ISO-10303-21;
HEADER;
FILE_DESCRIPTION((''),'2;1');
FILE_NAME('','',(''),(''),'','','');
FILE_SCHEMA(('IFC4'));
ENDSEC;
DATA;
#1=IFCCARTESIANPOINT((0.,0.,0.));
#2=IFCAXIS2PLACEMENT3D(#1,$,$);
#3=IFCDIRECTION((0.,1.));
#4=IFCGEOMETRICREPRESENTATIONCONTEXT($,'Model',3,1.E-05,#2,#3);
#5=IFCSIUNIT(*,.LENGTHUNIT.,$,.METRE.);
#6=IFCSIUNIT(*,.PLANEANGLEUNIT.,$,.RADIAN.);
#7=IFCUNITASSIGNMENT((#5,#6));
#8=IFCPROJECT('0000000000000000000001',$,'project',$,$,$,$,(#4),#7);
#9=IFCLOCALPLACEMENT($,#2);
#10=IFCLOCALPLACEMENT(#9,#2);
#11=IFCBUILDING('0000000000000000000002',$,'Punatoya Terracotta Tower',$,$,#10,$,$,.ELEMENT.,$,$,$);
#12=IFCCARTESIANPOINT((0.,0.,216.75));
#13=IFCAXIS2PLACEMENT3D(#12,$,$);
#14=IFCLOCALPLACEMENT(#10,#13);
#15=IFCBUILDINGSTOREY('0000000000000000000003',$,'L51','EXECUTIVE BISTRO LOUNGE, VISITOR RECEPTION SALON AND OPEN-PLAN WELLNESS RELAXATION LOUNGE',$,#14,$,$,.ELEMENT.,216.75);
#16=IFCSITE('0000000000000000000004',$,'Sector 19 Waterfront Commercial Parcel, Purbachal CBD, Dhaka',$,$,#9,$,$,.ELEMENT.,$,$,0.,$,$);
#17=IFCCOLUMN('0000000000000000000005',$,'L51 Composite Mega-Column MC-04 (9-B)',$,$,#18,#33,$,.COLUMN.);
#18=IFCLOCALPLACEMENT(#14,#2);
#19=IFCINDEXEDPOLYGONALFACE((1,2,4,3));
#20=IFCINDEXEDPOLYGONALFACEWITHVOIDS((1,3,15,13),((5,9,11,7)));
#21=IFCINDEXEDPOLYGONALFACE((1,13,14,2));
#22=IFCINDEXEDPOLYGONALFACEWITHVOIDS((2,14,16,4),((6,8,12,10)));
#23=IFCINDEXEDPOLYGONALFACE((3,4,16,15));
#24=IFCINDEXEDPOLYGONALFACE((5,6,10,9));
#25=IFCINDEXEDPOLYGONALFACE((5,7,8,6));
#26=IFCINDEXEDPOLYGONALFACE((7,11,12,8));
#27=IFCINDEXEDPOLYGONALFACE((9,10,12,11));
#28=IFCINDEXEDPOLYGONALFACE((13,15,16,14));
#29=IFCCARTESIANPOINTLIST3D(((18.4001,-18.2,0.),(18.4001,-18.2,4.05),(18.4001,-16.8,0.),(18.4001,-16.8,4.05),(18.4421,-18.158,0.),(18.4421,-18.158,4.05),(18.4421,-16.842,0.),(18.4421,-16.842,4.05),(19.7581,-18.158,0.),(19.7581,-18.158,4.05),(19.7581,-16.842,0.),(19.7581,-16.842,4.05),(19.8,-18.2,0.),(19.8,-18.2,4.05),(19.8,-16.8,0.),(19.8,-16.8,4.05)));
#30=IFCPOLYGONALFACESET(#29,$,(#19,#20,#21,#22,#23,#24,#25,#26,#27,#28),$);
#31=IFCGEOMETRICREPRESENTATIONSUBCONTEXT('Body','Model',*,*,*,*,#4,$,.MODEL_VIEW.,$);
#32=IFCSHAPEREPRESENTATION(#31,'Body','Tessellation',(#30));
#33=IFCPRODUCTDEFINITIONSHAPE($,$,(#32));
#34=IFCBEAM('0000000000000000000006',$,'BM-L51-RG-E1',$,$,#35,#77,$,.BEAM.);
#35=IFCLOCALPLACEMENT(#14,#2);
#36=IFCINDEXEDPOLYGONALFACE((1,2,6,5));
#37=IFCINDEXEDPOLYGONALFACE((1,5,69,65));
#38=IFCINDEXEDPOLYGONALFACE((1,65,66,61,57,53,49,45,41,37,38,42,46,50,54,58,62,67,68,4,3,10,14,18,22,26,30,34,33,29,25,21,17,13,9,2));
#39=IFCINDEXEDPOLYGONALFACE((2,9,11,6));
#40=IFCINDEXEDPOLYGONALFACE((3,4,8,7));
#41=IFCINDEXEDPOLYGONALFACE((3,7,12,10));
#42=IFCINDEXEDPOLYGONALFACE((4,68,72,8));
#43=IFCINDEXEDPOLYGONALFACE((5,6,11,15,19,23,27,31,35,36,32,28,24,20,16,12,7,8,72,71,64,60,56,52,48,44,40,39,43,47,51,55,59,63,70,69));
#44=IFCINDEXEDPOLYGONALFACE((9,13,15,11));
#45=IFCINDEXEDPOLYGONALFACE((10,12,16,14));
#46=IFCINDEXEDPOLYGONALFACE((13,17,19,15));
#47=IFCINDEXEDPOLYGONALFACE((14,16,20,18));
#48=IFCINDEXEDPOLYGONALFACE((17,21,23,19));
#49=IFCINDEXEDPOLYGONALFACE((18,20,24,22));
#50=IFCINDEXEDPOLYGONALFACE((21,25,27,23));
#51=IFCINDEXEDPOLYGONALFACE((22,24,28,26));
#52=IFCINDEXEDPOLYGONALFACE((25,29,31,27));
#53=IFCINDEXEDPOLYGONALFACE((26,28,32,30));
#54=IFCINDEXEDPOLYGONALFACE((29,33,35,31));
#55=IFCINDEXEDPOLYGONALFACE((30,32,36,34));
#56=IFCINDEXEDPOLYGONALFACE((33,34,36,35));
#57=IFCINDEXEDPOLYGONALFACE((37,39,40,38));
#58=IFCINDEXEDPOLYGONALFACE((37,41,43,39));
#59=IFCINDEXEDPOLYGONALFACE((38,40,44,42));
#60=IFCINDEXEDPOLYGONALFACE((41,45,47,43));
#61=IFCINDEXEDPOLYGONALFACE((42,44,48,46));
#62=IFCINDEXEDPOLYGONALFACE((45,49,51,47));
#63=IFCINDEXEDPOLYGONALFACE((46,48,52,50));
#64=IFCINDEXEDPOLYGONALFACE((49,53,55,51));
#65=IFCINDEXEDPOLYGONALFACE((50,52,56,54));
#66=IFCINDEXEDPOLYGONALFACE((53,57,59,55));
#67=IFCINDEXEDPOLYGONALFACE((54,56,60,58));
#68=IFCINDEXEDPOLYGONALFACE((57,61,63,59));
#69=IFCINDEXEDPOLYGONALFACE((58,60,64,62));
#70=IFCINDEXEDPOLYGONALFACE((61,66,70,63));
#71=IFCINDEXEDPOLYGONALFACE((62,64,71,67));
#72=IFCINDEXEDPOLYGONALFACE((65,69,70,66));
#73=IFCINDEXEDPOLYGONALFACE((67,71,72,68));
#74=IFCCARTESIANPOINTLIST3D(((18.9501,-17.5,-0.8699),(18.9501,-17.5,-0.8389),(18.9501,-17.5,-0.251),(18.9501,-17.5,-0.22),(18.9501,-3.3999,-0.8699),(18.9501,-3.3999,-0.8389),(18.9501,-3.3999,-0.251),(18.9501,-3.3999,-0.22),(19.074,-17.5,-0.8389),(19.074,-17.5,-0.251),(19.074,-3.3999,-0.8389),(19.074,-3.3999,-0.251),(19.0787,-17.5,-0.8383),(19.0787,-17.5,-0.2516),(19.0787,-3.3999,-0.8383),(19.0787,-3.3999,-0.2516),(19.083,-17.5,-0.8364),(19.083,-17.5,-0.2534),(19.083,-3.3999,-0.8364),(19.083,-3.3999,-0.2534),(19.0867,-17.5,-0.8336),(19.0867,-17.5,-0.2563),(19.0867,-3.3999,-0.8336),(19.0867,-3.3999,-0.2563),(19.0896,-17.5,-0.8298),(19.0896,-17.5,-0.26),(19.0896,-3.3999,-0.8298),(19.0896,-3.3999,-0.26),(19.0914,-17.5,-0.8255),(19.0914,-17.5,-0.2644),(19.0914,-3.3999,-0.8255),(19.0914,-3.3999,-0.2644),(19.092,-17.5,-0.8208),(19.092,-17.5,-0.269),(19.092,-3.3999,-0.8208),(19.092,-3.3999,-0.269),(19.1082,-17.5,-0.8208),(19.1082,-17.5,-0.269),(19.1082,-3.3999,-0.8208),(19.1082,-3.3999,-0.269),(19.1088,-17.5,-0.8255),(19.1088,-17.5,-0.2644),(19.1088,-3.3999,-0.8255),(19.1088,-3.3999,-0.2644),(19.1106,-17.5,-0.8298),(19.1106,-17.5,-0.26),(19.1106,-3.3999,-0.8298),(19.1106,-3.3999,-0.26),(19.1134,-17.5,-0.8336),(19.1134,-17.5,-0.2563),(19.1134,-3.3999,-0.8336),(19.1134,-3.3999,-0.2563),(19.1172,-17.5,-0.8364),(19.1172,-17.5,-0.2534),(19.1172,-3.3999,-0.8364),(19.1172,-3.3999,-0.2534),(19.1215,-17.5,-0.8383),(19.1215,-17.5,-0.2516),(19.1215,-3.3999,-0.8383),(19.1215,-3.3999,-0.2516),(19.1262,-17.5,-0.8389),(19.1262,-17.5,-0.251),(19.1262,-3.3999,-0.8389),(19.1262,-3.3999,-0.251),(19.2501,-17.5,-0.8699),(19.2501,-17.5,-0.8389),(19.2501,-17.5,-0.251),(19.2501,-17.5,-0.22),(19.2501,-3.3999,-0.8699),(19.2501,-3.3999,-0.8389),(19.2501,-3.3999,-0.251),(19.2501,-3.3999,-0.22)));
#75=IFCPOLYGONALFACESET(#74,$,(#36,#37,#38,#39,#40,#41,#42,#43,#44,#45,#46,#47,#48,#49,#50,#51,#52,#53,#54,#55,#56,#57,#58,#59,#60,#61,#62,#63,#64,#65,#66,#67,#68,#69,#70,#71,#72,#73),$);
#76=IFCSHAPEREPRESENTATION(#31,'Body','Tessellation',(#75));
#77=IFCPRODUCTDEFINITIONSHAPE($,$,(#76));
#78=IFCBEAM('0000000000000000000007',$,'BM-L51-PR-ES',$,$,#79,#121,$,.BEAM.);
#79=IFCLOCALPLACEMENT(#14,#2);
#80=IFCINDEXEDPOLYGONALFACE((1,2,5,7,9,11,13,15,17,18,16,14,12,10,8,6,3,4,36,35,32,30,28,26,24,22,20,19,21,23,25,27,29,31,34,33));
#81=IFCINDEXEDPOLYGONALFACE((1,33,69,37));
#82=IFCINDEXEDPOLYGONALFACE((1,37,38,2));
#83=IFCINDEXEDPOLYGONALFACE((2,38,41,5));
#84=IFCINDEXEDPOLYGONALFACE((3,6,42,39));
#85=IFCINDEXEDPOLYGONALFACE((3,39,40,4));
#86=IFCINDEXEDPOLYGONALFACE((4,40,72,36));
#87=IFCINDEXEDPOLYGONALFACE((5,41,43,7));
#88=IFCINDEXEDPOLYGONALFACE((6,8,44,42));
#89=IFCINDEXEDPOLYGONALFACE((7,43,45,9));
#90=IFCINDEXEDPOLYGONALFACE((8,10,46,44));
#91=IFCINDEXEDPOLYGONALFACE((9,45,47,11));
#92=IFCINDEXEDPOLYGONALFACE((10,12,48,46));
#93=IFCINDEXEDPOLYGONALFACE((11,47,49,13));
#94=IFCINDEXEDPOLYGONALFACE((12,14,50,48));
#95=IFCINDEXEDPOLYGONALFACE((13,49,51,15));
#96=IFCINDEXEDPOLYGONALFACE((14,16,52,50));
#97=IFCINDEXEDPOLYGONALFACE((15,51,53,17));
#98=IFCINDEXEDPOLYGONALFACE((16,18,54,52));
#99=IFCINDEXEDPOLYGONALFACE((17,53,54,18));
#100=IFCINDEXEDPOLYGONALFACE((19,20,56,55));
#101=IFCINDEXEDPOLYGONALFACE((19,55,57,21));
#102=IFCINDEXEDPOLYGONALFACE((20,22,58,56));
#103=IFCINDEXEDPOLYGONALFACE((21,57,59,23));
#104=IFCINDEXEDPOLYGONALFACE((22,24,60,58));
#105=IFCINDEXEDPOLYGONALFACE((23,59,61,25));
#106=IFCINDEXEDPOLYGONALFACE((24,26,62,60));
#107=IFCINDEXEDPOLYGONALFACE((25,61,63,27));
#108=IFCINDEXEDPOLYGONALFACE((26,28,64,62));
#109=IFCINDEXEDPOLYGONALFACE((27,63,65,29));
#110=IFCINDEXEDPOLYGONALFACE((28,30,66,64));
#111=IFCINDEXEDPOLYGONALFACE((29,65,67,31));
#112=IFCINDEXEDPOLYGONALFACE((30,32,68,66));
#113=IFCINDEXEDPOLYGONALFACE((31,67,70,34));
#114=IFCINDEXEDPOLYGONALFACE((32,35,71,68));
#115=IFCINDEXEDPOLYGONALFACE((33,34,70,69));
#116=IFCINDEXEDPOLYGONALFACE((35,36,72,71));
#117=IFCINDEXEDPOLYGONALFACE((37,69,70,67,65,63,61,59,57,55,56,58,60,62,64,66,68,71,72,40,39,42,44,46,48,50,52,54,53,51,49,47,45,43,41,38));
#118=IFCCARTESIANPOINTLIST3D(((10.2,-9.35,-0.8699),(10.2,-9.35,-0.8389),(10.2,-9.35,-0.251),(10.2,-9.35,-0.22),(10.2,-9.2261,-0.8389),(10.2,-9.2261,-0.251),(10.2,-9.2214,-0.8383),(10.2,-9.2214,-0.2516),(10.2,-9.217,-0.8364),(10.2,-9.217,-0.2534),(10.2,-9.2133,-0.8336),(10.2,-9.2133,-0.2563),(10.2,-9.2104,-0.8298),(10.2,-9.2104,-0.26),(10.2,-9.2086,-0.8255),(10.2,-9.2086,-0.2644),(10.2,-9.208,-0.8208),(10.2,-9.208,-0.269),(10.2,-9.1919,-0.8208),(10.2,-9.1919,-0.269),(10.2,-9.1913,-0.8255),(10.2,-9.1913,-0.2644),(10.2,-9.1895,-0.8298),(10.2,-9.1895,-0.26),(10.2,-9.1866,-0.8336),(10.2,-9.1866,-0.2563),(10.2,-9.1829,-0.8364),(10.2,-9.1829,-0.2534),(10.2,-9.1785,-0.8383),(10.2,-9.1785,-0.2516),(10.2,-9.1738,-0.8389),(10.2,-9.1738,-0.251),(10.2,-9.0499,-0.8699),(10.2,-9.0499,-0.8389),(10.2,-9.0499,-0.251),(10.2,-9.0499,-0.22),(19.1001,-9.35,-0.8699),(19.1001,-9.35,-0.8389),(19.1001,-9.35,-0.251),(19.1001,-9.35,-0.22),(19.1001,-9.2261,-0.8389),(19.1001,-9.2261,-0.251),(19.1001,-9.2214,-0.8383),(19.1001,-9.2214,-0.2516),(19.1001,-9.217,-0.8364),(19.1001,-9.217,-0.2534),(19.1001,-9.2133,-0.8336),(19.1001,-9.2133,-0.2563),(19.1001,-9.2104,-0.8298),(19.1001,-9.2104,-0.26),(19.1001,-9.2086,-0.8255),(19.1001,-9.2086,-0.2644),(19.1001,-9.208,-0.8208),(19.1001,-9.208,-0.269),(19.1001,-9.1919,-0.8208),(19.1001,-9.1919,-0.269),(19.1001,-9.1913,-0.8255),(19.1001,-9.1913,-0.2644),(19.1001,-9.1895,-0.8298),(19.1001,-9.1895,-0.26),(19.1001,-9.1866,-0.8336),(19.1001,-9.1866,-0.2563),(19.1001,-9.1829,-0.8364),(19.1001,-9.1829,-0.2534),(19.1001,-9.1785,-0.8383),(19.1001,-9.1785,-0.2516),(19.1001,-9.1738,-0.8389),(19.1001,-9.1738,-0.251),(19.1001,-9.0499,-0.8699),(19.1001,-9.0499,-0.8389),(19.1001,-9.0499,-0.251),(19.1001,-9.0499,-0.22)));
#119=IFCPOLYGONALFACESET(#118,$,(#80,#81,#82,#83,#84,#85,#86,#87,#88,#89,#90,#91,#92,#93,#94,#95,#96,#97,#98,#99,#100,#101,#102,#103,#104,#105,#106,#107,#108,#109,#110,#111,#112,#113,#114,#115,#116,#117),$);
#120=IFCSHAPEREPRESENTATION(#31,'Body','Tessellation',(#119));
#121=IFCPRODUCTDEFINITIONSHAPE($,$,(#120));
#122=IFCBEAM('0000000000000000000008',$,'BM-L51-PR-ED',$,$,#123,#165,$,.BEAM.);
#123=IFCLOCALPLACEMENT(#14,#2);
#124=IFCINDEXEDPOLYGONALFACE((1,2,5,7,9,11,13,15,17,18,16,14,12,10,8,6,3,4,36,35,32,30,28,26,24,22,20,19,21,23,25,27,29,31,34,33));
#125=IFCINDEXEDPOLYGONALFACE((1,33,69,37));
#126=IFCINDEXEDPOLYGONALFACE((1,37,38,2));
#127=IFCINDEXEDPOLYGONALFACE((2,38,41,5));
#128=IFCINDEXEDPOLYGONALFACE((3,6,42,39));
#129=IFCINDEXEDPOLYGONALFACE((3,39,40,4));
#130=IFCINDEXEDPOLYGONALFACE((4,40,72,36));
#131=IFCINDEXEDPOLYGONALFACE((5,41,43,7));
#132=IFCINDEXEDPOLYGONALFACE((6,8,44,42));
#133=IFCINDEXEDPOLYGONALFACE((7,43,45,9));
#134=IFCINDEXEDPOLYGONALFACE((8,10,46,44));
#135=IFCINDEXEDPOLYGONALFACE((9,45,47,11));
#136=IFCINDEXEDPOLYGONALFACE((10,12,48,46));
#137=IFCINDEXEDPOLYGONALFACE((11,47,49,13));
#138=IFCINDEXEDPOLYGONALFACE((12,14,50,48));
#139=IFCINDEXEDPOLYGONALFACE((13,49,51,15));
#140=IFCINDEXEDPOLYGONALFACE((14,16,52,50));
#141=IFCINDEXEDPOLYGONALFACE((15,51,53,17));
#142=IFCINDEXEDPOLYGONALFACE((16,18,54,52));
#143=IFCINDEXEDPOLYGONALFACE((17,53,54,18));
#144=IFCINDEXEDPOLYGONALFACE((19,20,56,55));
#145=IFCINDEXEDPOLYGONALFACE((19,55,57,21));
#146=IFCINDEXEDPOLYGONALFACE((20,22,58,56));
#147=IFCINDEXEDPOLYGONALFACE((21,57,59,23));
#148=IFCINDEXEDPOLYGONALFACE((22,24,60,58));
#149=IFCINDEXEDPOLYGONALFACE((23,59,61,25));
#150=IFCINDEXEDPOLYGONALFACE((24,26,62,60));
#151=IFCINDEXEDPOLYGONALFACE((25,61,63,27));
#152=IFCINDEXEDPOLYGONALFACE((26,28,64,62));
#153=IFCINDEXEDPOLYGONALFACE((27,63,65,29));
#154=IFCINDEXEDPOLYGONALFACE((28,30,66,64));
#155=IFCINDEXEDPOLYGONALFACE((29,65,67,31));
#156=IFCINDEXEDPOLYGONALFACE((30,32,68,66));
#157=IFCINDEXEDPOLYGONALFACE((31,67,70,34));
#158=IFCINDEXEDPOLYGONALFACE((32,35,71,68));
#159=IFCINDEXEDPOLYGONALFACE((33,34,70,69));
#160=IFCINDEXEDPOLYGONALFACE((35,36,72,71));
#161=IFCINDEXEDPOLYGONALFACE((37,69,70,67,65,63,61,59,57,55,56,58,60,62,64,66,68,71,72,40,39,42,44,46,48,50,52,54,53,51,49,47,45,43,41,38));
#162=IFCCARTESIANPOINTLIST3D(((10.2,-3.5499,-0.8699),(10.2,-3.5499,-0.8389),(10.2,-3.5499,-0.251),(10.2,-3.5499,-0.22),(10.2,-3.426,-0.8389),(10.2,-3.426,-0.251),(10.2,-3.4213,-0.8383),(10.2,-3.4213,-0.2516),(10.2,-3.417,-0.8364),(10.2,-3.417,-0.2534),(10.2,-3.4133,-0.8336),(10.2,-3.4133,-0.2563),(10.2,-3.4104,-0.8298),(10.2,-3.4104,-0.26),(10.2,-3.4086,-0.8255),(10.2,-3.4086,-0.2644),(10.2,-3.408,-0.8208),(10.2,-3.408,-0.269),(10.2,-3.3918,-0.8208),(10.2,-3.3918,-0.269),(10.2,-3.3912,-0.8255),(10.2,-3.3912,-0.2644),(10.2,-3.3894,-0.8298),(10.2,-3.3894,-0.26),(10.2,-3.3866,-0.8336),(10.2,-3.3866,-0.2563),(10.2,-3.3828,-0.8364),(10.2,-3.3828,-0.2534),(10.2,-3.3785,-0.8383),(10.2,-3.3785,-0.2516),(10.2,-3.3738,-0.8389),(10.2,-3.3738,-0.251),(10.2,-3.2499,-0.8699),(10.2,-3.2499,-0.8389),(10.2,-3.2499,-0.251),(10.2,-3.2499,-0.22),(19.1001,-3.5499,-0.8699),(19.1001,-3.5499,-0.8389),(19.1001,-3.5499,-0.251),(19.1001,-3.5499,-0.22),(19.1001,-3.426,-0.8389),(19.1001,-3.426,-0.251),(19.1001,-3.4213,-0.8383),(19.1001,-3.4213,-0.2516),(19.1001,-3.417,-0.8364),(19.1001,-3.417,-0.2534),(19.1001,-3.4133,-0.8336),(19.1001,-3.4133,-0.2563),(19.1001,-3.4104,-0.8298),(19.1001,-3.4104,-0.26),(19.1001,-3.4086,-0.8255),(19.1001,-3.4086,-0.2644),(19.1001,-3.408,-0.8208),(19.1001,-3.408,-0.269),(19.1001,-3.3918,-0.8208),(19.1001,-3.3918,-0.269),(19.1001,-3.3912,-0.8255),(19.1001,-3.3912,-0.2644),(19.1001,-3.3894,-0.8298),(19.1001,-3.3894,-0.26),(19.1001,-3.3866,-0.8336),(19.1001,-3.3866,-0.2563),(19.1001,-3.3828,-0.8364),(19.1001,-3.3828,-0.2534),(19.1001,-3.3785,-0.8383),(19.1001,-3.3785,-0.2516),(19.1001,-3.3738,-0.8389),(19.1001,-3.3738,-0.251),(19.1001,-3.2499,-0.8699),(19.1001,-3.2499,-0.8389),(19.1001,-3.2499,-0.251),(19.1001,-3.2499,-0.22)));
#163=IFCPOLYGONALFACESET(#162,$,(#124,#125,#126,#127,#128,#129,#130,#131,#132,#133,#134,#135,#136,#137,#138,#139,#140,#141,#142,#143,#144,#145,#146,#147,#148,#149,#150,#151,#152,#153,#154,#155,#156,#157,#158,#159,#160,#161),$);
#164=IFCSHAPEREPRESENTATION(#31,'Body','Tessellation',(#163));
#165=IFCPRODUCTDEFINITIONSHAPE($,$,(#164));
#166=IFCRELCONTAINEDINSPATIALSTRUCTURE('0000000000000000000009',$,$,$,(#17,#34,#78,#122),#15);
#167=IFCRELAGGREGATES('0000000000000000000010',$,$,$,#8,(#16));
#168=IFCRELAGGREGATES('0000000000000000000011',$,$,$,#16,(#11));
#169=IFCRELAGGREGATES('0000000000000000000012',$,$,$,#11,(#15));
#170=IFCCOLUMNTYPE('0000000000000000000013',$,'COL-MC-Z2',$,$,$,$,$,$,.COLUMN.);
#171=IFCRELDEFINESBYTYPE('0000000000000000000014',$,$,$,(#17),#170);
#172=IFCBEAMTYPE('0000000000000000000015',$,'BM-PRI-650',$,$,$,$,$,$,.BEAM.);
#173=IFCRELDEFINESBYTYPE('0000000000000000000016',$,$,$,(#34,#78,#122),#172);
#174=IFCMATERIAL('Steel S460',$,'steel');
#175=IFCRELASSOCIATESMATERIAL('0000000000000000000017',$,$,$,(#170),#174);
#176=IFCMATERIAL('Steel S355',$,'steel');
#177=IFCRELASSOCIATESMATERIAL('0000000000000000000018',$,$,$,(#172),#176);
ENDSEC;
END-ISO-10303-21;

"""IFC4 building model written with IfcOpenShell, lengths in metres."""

from ifc_helpers import new_model, si_unit, direction, frame, origin, origin_2d, place, context, subcontext, project, spatial, hollow_rectangle, i_section, extrude, material, material_profile, profile_set, type_object, element, save


model = new_model("IFC4")

# Units and contexts
model_context = context("Model", 3, precision=1e-05, world=origin(), true_north=direction((0.0, 1.0)))
body_context = subcontext(model_context, "Body", "Model", "MODEL_VIEW")
ifc_project = project(units=[si_unit("LENGTHUNIT", "METRE"), si_unit("PLANEANGLEUNIT", "RADIAN")], contexts=[model_context])

# Site, building, storey
site_placement = place(None, origin())
site = spatial("IfcSite", under=ifc_project, at=site_placement, Name="Sector 19 Waterfront Commercial Parcel, Purbachal CBD, Dhaka", CompositionType="ELEMENT", RefElevation=0.0)
building_placement = place(site_placement, origin())
building = spatial("IfcBuilding", under=site, at=building_placement, Name="Punatoya Terracotta Tower", CompositionType="ELEMENT")
storey_placement = place(building_placement, frame((0.0, 0.0, 216.75)))
storey = spatial("IfcBuildingStorey", under=building, at=storey_placement, Name="L51", Description="EXECUTIVE BISTRO LOUNGE, VISITOR RECEPTION SALON AND OPEN-PLAN WELLNESS RELAXATION LOUNGE", CompositionType="ELEMENT", Elevation=216.75)

# Column
ifc_material_1 = material(Name="Steel S460", Category="steel")
ifc_material_profile_1 = material_profile(ifc_material_1, hollow_rectangle(XDim=1.3999, YDim=1.3999, WallThickness=0.042, at=origin_2d()))
ifc_profile_set_1 = profile_set([ifc_material_profile_1], Name="Steel S460")
column_type = type_object("IfcColumnType", Name="COL-MC-Z2", PredefinedType="COLUMN", material=ifc_profile_set_1)
column_placement = place(storey_placement, frame((19.1001, -17.5, 0.0), z_axis=(0.0, 0.0, 1.0), x_axis=(1.0, 0.0, 0.0)))
element("IfcColumn", 1, at=column_placement, inside=storey, type_object=column_type, Name="L51 Composite Mega-Column MC-04 (9-B)", PredefinedType="COLUMN", context=body_context, shape_type="SweptSolid", body=[
    extrude(hollow_rectangle(XDim=1.3999, YDim=1.3999, WallThickness=0.042, at=origin_2d()), origin(), (0.0, 0.0, 1.0), 4.05),
])

# Beams
ifc_material_2 = material(Name="Steel S355", Category="steel")
ifc_material_profile_2 = material_profile(ifc_material_2, i_section(OverallWidth=0.3, OverallDepth=0.6499, WebThickness=0.0161, FlangeThickness=0.031, FilletRadius=0.0181, at=origin_2d()))
ifc_profile_set_2 = profile_set([ifc_material_profile_2], Name="Steel S355")
beam_type_1 = type_object("IfcBeamType", Name="BM-PRI-650", PredefinedType="BEAM", material=ifc_profile_set_2)
beam_1_placement = place(storey_placement, frame((19.1001, -17.5, -0.5449), z_axis=(0.0, 1.0, 0.0), x_axis=(-1.0, 0.0, 0.0)))
element("IfcBeam", 2, at=beam_1_placement, inside=storey, type_object=beam_type_1, Name="BM-L51-RG-E1", PredefinedType="BEAM", context=body_context, shape_type="SweptSolid", body=[
    extrude(i_section(OverallWidth=0.3, OverallDepth=0.6499, WebThickness=0.0161, FlangeThickness=0.031, FilletRadius=0.0181, at=origin_2d()), origin(), (0.0, 0.0, 1.0), 14.1001),
])
for number, where, z_axis, x_axis, name in (
    (3, (10.2, -9.2, -0.5449), (1.0, 0.0, 0.0), (0.0, 1.0, 0.0), "BM-L51-PR-ES"),
    (4, (10.2, -3.3999, -0.5449), (1.0, 0.0, 0.0), (0.0, 1.0, 0.0), "BM-L51-PR-ED"),
):
    element("IfcBeam", number, at=place(storey_placement, frame(where, z_axis=z_axis, x_axis=x_axis)), inside=storey, type_object=beam_type_1, Name=name, PredefinedType="BEAM", context=body_context, shape_type="SweptSolid", body=[
        extrude(i_section(OverallWidth=0.3, OverallDepth=0.6499, WebThickness=0.0161, FlangeThickness=0.031, FilletRadius=0.0181, at=origin_2d()), origin(), (0.0, 0.0, 1.0), 8.9001),
    ])

save(model, "model.ifc")
